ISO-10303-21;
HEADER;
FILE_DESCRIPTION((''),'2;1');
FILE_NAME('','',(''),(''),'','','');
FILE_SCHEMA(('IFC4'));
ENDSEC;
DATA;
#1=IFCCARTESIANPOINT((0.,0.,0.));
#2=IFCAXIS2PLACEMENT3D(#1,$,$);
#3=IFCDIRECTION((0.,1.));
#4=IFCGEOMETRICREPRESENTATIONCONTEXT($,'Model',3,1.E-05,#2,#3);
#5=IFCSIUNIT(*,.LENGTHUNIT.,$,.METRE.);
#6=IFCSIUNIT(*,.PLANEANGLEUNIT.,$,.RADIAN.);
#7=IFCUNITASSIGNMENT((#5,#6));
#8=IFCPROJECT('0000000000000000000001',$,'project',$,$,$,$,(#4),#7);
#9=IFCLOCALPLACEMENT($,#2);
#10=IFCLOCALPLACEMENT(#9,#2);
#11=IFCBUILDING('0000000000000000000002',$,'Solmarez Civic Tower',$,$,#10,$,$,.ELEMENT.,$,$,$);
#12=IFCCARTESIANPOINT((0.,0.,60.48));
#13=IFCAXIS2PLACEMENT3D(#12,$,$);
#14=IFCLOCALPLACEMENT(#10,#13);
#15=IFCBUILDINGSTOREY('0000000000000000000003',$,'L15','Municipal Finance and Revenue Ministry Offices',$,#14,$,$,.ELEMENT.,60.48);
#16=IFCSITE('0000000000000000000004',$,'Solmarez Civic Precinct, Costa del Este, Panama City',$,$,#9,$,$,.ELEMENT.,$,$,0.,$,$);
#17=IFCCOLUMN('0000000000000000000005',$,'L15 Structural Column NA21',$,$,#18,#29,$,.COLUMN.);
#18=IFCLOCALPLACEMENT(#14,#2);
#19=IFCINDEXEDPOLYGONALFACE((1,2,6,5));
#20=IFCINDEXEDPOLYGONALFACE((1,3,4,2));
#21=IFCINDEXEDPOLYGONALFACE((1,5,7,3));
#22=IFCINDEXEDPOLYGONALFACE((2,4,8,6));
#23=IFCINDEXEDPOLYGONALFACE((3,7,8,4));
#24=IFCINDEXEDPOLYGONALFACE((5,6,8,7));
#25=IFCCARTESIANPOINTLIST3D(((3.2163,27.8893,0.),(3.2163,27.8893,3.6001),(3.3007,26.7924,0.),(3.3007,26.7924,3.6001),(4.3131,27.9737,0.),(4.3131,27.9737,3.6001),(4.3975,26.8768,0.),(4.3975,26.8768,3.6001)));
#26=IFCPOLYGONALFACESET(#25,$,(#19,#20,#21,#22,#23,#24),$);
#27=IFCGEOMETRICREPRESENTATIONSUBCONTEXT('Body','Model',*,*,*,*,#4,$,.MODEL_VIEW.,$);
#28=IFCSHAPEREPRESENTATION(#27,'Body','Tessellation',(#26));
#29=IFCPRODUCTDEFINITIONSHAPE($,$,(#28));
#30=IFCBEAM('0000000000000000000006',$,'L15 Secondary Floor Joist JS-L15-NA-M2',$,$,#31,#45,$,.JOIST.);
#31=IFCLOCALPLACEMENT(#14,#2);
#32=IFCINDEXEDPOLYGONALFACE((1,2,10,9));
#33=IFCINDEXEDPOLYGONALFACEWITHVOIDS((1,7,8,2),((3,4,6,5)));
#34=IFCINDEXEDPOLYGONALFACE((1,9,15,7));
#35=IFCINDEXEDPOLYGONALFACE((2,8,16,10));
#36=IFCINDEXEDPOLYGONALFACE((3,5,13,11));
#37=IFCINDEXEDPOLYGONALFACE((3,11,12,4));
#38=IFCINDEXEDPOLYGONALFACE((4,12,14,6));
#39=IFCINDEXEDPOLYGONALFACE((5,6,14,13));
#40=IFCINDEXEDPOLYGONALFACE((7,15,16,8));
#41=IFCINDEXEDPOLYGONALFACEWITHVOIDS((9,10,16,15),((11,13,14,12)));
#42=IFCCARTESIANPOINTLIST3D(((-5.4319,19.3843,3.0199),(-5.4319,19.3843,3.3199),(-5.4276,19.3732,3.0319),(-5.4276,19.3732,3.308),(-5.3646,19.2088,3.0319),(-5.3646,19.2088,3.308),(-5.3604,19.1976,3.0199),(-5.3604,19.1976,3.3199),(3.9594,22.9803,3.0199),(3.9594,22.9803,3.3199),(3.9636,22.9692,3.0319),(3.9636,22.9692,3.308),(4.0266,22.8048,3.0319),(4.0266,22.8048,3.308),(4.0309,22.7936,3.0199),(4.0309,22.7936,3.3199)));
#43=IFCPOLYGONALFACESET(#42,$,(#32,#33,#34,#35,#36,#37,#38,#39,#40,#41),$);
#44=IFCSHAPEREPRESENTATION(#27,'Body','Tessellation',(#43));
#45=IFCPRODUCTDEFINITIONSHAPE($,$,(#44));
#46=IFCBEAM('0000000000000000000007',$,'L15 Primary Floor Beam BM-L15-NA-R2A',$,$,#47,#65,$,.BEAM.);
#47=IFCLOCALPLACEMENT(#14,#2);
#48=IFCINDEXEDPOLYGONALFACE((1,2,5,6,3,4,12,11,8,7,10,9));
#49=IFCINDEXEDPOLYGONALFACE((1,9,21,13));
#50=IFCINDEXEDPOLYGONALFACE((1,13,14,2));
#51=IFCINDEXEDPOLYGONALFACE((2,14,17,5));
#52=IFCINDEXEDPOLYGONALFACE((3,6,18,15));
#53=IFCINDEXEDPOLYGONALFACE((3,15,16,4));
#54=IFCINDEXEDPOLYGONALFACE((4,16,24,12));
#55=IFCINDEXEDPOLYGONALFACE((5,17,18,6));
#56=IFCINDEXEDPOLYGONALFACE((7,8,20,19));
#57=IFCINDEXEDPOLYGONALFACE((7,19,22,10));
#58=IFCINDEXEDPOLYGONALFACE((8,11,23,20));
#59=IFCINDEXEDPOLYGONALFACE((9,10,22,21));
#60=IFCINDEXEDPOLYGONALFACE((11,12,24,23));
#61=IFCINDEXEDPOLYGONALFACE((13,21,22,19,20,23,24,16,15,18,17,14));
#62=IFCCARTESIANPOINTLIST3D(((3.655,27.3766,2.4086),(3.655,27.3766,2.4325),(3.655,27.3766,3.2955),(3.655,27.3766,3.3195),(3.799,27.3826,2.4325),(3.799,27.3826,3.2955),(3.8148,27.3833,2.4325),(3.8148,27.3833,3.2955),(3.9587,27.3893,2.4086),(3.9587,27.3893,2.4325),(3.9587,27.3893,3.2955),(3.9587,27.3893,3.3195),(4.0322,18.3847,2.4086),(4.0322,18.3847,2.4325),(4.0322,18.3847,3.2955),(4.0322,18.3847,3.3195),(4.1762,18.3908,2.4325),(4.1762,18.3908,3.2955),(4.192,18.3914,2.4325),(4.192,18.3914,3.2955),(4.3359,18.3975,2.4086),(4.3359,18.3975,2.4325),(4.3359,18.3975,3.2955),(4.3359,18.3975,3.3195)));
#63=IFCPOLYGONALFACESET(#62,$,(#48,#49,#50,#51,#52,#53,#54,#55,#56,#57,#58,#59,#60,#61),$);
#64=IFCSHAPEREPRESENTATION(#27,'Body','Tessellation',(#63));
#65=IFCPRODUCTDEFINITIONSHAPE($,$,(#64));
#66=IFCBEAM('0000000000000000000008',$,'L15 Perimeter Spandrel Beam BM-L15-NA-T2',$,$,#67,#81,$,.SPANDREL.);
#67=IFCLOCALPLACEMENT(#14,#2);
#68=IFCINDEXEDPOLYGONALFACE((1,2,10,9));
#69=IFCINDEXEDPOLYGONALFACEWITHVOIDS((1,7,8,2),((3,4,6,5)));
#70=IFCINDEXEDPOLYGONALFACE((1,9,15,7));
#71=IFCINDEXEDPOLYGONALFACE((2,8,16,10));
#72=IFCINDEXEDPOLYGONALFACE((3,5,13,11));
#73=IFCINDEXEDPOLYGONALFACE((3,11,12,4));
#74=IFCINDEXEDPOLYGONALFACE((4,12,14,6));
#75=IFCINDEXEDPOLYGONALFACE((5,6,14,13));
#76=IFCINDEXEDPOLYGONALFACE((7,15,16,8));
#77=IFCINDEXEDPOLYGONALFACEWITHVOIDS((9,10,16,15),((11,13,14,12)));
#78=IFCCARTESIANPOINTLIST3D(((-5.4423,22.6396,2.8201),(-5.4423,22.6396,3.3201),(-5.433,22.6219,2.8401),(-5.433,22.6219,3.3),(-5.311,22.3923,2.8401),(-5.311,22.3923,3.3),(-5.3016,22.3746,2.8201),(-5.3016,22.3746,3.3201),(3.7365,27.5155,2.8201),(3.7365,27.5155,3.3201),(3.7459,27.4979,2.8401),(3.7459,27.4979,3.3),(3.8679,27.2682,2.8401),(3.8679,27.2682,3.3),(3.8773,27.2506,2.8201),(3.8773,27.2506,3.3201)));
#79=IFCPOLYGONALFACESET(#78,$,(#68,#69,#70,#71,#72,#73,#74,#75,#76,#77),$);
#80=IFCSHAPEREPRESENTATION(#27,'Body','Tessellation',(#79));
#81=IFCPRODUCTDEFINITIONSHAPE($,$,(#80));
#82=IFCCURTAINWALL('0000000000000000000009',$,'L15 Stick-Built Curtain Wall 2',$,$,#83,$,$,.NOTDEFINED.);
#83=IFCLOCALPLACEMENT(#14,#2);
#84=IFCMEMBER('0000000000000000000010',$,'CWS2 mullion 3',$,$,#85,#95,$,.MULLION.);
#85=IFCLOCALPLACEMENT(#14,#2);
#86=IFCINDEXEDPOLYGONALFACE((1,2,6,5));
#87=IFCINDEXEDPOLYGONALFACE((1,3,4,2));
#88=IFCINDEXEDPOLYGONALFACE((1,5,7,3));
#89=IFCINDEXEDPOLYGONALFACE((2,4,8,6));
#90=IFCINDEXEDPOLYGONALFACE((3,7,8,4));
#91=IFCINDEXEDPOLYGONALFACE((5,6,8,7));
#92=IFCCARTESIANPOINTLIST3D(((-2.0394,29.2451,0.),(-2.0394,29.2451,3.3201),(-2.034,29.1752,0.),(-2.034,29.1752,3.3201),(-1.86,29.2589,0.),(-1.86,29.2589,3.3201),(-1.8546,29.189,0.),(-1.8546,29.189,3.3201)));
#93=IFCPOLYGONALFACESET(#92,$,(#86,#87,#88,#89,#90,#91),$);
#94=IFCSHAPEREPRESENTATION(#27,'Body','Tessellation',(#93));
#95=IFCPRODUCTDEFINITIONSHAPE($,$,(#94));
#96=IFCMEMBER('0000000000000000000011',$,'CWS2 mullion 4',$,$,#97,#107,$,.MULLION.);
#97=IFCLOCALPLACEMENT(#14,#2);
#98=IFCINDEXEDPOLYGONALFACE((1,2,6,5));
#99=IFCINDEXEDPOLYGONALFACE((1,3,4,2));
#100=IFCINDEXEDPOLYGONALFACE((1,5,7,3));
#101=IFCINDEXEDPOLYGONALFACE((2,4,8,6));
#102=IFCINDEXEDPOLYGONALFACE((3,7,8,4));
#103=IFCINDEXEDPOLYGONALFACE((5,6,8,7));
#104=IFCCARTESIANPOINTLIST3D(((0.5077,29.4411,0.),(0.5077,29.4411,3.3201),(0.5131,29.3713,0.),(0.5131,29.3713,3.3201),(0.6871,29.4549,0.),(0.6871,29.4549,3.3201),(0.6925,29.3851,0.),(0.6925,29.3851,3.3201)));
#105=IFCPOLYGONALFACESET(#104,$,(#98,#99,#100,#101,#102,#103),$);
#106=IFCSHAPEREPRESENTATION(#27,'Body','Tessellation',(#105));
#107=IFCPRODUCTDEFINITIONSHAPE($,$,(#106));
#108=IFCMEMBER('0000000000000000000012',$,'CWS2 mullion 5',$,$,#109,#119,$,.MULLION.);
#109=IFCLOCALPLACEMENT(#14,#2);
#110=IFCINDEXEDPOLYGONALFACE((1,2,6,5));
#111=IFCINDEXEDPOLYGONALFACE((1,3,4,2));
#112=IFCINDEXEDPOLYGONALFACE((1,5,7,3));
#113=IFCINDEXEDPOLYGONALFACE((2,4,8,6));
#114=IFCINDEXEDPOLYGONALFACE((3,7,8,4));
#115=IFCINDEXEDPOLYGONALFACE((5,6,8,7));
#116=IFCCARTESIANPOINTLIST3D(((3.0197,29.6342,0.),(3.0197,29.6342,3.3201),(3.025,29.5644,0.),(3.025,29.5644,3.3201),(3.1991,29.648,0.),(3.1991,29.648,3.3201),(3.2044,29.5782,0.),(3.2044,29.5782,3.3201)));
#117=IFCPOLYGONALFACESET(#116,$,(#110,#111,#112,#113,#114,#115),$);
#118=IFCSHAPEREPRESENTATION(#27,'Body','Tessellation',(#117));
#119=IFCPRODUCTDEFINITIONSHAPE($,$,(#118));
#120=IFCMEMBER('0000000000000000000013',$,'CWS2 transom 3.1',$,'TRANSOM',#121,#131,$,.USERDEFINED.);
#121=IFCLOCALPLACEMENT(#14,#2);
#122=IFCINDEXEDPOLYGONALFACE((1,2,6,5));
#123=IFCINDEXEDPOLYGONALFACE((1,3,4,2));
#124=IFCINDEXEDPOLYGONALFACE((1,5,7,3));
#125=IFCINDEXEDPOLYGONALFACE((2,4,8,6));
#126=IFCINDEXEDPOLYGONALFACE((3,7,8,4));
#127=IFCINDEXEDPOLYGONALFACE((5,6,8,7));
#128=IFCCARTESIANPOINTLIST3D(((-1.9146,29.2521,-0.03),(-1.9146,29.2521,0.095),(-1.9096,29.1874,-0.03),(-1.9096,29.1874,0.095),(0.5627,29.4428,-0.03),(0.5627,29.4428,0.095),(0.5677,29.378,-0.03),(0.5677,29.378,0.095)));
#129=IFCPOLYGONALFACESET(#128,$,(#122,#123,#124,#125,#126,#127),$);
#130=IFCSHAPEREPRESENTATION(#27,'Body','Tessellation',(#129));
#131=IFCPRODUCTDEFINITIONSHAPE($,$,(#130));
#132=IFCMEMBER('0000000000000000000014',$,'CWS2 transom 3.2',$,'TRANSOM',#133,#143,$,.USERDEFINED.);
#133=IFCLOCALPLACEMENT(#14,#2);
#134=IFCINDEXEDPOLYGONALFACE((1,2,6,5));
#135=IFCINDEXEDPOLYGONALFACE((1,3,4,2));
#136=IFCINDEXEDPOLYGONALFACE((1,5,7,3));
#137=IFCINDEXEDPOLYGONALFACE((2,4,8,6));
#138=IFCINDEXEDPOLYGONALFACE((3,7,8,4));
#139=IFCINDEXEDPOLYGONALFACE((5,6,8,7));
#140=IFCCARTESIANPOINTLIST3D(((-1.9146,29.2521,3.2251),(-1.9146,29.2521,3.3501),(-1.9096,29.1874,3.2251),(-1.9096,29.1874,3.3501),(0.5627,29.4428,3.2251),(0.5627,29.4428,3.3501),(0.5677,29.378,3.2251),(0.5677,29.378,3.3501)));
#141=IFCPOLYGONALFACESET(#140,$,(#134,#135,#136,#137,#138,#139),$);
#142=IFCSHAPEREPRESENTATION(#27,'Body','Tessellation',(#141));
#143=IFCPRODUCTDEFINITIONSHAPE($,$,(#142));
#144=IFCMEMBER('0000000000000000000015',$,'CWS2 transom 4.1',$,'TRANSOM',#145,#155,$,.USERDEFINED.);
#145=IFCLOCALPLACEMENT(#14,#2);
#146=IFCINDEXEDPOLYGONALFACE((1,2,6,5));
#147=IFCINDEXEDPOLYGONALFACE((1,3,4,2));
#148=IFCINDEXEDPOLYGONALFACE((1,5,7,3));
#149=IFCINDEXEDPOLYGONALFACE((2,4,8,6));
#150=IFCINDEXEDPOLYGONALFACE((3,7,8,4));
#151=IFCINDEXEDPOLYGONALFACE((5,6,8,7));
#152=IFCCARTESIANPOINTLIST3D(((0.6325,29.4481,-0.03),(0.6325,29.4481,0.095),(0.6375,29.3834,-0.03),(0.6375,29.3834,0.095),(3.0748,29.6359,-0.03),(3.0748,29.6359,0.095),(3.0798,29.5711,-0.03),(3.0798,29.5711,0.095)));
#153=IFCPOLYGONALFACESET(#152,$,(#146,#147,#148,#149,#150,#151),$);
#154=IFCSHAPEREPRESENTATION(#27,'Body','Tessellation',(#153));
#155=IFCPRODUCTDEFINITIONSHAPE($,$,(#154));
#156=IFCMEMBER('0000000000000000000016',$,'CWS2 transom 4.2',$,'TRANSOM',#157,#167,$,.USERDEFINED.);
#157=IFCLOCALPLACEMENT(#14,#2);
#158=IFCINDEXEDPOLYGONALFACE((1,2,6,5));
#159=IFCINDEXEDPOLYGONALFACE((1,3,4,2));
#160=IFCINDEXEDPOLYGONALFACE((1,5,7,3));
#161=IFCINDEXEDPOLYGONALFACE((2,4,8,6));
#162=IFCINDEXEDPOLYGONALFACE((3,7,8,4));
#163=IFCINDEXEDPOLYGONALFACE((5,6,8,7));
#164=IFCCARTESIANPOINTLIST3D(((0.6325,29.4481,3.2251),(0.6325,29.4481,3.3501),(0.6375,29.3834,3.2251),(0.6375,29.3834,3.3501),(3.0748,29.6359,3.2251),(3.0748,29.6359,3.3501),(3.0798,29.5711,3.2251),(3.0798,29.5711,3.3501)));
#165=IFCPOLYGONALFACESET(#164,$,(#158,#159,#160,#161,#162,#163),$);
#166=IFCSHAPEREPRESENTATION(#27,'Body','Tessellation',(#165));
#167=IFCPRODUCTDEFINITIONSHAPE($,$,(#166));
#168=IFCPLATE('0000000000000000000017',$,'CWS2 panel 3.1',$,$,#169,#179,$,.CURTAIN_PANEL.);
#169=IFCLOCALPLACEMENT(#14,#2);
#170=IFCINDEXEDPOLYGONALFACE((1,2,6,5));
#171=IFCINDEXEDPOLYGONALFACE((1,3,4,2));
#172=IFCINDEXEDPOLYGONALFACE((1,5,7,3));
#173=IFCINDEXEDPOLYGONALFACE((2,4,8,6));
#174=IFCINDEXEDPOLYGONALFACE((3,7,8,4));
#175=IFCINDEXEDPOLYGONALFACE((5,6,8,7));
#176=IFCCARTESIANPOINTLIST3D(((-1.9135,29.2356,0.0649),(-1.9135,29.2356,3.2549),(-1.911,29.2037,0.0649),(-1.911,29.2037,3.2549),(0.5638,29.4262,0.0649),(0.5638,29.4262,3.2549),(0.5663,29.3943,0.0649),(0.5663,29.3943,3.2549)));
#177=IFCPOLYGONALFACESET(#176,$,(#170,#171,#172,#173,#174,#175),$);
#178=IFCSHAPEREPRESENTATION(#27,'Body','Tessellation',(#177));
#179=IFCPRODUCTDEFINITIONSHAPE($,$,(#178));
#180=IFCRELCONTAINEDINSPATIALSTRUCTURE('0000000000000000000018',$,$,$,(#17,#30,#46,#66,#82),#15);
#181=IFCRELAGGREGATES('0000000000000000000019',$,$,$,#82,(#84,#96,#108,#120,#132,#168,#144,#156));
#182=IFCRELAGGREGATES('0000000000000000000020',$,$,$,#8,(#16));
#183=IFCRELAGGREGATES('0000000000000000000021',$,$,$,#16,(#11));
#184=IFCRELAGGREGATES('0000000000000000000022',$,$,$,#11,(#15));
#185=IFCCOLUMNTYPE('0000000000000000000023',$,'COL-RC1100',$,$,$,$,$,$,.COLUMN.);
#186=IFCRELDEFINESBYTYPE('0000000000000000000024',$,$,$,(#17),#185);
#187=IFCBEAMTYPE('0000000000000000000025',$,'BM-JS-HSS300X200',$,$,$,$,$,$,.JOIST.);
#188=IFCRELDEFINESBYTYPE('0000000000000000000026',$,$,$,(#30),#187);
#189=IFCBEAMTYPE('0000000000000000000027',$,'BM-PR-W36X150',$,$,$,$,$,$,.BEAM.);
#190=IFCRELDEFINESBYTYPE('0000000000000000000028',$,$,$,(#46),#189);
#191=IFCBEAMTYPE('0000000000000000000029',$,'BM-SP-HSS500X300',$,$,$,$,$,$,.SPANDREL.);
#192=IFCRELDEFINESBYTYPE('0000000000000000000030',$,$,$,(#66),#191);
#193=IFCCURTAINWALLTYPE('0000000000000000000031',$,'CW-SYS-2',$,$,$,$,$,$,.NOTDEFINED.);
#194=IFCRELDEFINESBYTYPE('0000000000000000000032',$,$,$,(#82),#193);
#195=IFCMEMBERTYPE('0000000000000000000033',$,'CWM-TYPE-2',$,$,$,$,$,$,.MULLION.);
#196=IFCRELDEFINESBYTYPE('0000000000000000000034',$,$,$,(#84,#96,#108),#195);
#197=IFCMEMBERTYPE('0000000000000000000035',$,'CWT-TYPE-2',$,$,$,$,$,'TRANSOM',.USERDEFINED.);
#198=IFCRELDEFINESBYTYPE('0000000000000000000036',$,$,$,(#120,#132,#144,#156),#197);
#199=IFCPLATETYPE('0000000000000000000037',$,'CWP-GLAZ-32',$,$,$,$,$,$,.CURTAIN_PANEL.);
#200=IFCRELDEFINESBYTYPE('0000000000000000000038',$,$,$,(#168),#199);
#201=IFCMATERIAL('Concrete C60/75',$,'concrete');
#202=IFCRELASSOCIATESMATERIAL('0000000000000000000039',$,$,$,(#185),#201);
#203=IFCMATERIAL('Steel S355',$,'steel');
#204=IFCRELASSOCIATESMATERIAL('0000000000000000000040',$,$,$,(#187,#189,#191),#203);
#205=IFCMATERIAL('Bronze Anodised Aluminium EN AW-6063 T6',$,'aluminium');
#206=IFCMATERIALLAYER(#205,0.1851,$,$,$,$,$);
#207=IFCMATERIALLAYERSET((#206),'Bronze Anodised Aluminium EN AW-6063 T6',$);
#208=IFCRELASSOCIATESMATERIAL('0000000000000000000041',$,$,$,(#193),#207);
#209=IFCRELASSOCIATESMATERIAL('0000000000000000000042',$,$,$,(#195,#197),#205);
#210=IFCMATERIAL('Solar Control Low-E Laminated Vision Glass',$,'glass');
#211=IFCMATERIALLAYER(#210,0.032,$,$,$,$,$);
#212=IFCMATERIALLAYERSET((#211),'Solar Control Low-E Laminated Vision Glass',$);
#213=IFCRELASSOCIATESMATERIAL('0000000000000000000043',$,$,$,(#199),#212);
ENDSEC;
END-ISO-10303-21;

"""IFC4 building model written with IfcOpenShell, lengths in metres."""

from ifc_helpers import new_model, si_unit, direction, frame, origin, origin_2d, place, context, subcontext, project, spatial, rectangle, hollow_rectangle, i_section, extrude, material, layer, layer_set, material_profile, profile_set, type_object, element, aggregate, save


model = new_model("IFC4")

# Units and contexts
model_context = context("Model", 3, precision=1e-05, world=origin(), true_north=direction((0.0, 1.0)))
body_context = subcontext(model_context, "Body", "Model", "MODEL_VIEW")
ifc_project = project(units=[si_unit("LENGTHUNIT", "METRE"), si_unit("PLANEANGLEUNIT", "RADIAN")], contexts=[model_context])

# Site, building, storey
site_placement = place(None, origin())
site = spatial("IfcSite", under=ifc_project, at=site_placement, Name="Solmarez Civic Precinct, Costa del Este, Panama City", CompositionType="ELEMENT", RefElevation=0.0)
building_placement = place(site_placement, origin())
building = spatial("IfcBuilding", under=site, at=building_placement, Name="Solmarez Civic Tower", CompositionType="ELEMENT")
storey_placement = place(building_placement, frame((0.0, 0.0, 60.48)))
storey = spatial("IfcBuildingStorey", under=building, at=storey_placement, Name="L15", Description="Municipal Finance and Revenue Ministry Offices", CompositionType="ELEMENT", Elevation=60.48)

# Column
ifc_material_1 = material(Name="Concrete C60/75", Category="concrete")
ifc_material_profile_1 = material_profile(ifc_material_1, rectangle(XDim=1.1001, YDim=1.1001, at=origin_2d()), Name="RC1100X1100")
ifc_profile_set_1 = profile_set([ifc_material_profile_1], Name="Concrete C60/75")
column_type = type_object("IfcColumnType", Name="COL-RC1100", PredefinedType="COLUMN", material=ifc_profile_set_1)
column_placement = place(storey_placement, frame((3.8069, 27.3831, 0.0), z_axis=(0.0, 0.0, 1.0), x_axis=(0.997053, 0.076719, 0.0)))
element("IfcColumn", 1, at=column_placement, inside=storey, type_object=column_type, Name="L15 Structural Column NA21", PredefinedType="COLUMN", context=body_context, shape_type="SweptSolid", body=[
    extrude(rectangle(XDim=1.1001, YDim=1.1001, at=origin_2d()), origin(), (0.0, 0.0, 1.0), 3.6001),
])

# Beams
ifc_material_2 = material(Name="Steel S355", Category="steel")
ifc_material_profile_2 = material_profile(ifc_material_2, hollow_rectangle(XDim=0.2, YDim=0.3, WallThickness=0.012, at=origin_2d()), Name="HSS300X200X12")
ifc_profile_set_2 = profile_set([ifc_material_profile_2], Name="Steel S355")
beam_type_1 = type_object("IfcBeamType", Name="BM-JS-HSS300X200", PredefinedType="JOIST", material=ifc_profile_set_2)
beam_1_placement = place(storey_placement, frame((3.9951, 22.887, 3.1699), z_axis=(-0.933878, -0.357591, 0.0), x_axis=(0.357591, -0.933878, 0.0)))
element("IfcBeam", 2, at=beam_1_placement, inside=storey, type_object=beam_type_1, Name="L15 Secondary Floor Joist JS-L15-NA-M2", PredefinedType="JOIST", context=body_context, shape_type="SweptSolid", body=[
    extrude(hollow_rectangle(XDim=0.2, YDim=0.3, WallThickness=0.012, at=origin_2d()), origin(), (0.0, 0.0, 1.0), 10.0562),
])
ifc_material_profile_3 = material_profile(ifc_material_2, i_section(OverallWidth=0.304, OverallDepth=0.9109, WebThickness=0.0159, FlangeThickness=0.0239, at=origin_2d()), Name="W36X150")
ifc_profile_set_3 = profile_set([ifc_material_profile_3], Name="Steel S355")
beam_type_2 = type_object("IfcBeamType", Name="BM-PR-W36X150", PredefinedType="BEAM", material=ifc_profile_set_3)
beam_2_placement = place(storey_placement, frame((4.1841, 18.3911, 2.864), z_axis=(-0.041911, 0.999121, 0.0), x_axis=(-0.999121, -0.041911, 0.0)))
element("IfcBeam", 3, at=beam_2_placement, inside=storey, type_object=beam_type_2, Name="L15 Primary Floor Beam BM-L15-NA-R2A", PredefinedType="BEAM", context=body_context, shape_type="SweptSolid", body=[
    extrude(i_section(OverallWidth=0.304, OverallDepth=0.9109, WebThickness=0.0159, FlangeThickness=0.0239, at=origin_2d()), origin(), (0.0, 0.0, 1.0), 8.9998),
])
ifc_material_profile_4 = material_profile(ifc_material_2, hollow_rectangle(XDim=0.3, YDim=0.5, WallThickness=0.02, at=origin_2d()), Name="HSS500X300X20")
ifc_profile_set_4 = profile_set([ifc_material_profile_4], Name="Steel S355")
beam_type_3 = type_object("IfcBeamType", Name="BM-SP-HSS500X300", PredefinedType="SPANDREL", material=ifc_profile_set_4)
beam_3_placement = place(storey_placement, frame((3.8069, 27.3831, 3.0701), z_axis=(-0.883129, -0.469129, 0.0), x_axis=(0.469129, -0.883129, 0.0)))
element("IfcBeam", 4, at=beam_3_placement, inside=storey, type_object=beam_type_3, Name="L15 Perimeter Spandrel Beam BM-L15-NA-T2", PredefinedType="SPANDREL", context=body_context, shape_type="SweptSolid", body=[
    extrude(hollow_rectangle(XDim=0.3, YDim=0.5, WallThickness=0.02, at=origin_2d()), origin(), (0.0, 0.0, 1.0), 10.3936),
])

# Curtain wall, members, plate
ifc_material_3 = material(Name="Bronze Anodised Aluminium EN AW-6063 T6", Category="aluminium")
ifc_layer_1 = layer(ifc_material_3, 0.1851)
ifc_layer_set_1 = layer_set([ifc_layer_1], Name="Bronze Anodised Aluminium EN AW-6063 T6")
curtain_wall_type = type_object("IfcCurtainWallType", Name="CW-SYS-2", PredefinedType="NOTDEFINED", material=ifc_layer_set_1)
curtain_wall_placement = place(storey_placement, origin())
curtain_wall = element("IfcCurtainWall", 5, at=curtain_wall_placement, inside=storey, type_object=curtain_wall_type, Name="L15 Stick-Built Curtain Wall 2", PredefinedType="NOTDEFINED")
ifc_material_profile_5 = material_profile(ifc_material_3, rectangle(XDim=0.0701, YDim=0.1799, at=origin_2d()), Name="CWM-70X180")
ifc_profile_set_5 = profile_set([ifc_material_profile_5], Name="Bronze Anodised Aluminium EN AW-6063 T6")
member_type_1 = type_object("IfcMemberType", Name="CWM-TYPE-2", PredefinedType="MULLION", material=ifc_profile_set_5)
member_1_placement = place(storey_placement, frame((-1.947, 29.217, 0.0), z_axis=(0.0, 0.0, 1.0), x_axis=(-0.076726, 0.997052, 0.0)))
member_1 = element("IfcMember", 6, at=member_1_placement, type_object=member_type_1, Name="CWS2 mullion 3", PredefinedType="MULLION", context=body_context, shape_type="SweptSolid", body=[
    extrude(rectangle(XDim=0.0701, YDim=0.1799, at=origin_2d()), origin(), (0.0, 0.0, 1.0), 3.3201),
])
member_2_placement = place(storey_placement, frame((0.6001, 29.4131, 0.0), z_axis=(0.0, 0.0, 1.0), x_axis=(-0.076726, 0.997052, 0.0)))
member_2 = element("IfcMember", 7, at=member_2_placement, type_object=member_type_1, Name="CWS2 mullion 4", PredefinedType="MULLION", context=body_context, shape_type="SweptSolid", body=[
    extrude(rectangle(XDim=0.0701, YDim=0.1799, at=origin_2d()), origin(), (0.0, 0.0, 1.0), 3.3201),
])
member_3_placement = place(storey_placement, frame((3.1121, 29.6062, 0.0), z_axis=(0.0, 0.0, 1.0), x_axis=(-0.076726, 0.997052, 0.0)))
member_3 = element("IfcMember", 8, at=member_3_placement, type_object=member_type_1, Name="CWS2 mullion 5", PredefinedType="MULLION", context=body_context, shape_type="SweptSolid", body=[
    extrude(rectangle(XDim=0.0701, YDim=0.1799, at=origin_2d()), origin(), (0.0, 0.0, 1.0), 3.3201),
])
ifc_material_profile_6 = material_profile(ifc_material_3, rectangle(XDim=0.0649, YDim=0.125, at=origin_2d()), Name="CWT-65X125")
ifc_profile_set_6 = profile_set([ifc_material_profile_6], Name="Bronze Anodised Aluminium EN AW-6063 T6")
member_type_2 = type_object("IfcMemberType", Name="CWT-TYPE-2", ElementType="TRANSOM", PredefinedType="USERDEFINED", material=ifc_profile_set_6)
member_4_placement = place(storey_placement, frame((-1.9121, 29.2197, 0.0325), z_axis=(0.997051, 0.076742, 0.0), x_axis=(-0.076742, 0.997051, 0.0)))
member_4 = element("IfcMember", 9, at=member_4_placement, type_object=member_type_2, Name="CWS2 transom 3.1", ObjectType="TRANSOM", PredefinedType="USERDEFINED", context=body_context, shape_type="SweptSolid", body=[
    extrude(rectangle(XDim=0.0649, YDim=0.125, at=origin_2d()), origin(), (0.0, 0.0, 1.0), 2.4846),
])
member_5_placement = place(storey_placement, frame((-1.9121, 29.2197, 3.2876), z_axis=(0.997051, 0.076742, 0.0), x_axis=(-0.076742, 0.997051, 0.0)))
member_5 = element("IfcMember", 10, at=member_5_placement, type_object=member_type_2, Name="CWS2 transom 3.2", ObjectType="TRANSOM", PredefinedType="USERDEFINED", context=body_context, shape_type="SweptSolid", body=[
    extrude(rectangle(XDim=0.0649, YDim=0.125, at=origin_2d()), origin(), (0.0, 0.0, 1.0), 2.4846),
])
member_6_placement = place(storey_placement, frame((0.635, 29.4158, 0.0325), z_axis=(0.997058, 0.076651, 0.0), x_axis=(-0.076651, 0.997058, 0.0)))
member_6 = element("IfcMember", 11, at=member_6_placement, type_object=member_type_2, Name="CWS2 transom 4.1", ObjectType="TRANSOM", PredefinedType="USERDEFINED", context=body_context, shape_type="SweptSolid", body=[
    extrude(rectangle(XDim=0.0649, YDim=0.125, at=origin_2d()), origin(), (0.0, 0.0, 1.0), 2.4495),
])
member_7_placement = place(storey_placement, frame((0.635, 29.4158, 3.2876), z_axis=(0.997058, 0.076651, 0.0), x_axis=(-0.076651, 0.997058, 0.0)))
member_7 = element("IfcMember", 12, at=member_7_placement, type_object=member_type_2, Name="CWS2 transom 4.2", ObjectType="TRANSOM", PredefinedType="USERDEFINED", context=body_context, shape_type="SweptSolid", body=[
    extrude(rectangle(XDim=0.0649, YDim=0.125, at=origin_2d()), origin(), (0.0, 0.0, 1.0), 2.4495),
])
ifc_material_4 = material(Name="Solar Control Low-E Laminated Vision Glass", Category="glass")
ifc_layer_2 = layer(ifc_material_4, 0.032)
ifc_layer_set_2 = layer_set([ifc_layer_2], Name="Solar Control Low-E Laminated Vision Glass")
plate_type_1 = type_object("IfcPlateType", Name="CWP-GLAZ-32", PredefinedType="CURTAIN_PANEL", material=ifc_layer_set_2)
plate_1_placement = place(storey_placement, frame((-0.6736, 29.3149, 0.0649), z_axis=(0.0, 0.0, 1.0), x_axis=(0.997052, 0.076726, 0.0)))
plate_1 = element("IfcPlate", 13, at=plate_1_placement, type_object=plate_type_1, Name="CWS2 panel 3.1", PredefinedType="CURTAIN_PANEL", context=body_context, shape_type="SweptSolid", body=[
    extrude(rectangle(XDim=2.4846, YDim=0.032, at=origin_2d()), origin(), (0.0, 0.0, 1.0), 3.1899),
])
aggregate(curtain_wall, [member_1, member_2, member_3, member_4, member_5, plate_1, member_6, member_7])

save(model, "model.ifc")
